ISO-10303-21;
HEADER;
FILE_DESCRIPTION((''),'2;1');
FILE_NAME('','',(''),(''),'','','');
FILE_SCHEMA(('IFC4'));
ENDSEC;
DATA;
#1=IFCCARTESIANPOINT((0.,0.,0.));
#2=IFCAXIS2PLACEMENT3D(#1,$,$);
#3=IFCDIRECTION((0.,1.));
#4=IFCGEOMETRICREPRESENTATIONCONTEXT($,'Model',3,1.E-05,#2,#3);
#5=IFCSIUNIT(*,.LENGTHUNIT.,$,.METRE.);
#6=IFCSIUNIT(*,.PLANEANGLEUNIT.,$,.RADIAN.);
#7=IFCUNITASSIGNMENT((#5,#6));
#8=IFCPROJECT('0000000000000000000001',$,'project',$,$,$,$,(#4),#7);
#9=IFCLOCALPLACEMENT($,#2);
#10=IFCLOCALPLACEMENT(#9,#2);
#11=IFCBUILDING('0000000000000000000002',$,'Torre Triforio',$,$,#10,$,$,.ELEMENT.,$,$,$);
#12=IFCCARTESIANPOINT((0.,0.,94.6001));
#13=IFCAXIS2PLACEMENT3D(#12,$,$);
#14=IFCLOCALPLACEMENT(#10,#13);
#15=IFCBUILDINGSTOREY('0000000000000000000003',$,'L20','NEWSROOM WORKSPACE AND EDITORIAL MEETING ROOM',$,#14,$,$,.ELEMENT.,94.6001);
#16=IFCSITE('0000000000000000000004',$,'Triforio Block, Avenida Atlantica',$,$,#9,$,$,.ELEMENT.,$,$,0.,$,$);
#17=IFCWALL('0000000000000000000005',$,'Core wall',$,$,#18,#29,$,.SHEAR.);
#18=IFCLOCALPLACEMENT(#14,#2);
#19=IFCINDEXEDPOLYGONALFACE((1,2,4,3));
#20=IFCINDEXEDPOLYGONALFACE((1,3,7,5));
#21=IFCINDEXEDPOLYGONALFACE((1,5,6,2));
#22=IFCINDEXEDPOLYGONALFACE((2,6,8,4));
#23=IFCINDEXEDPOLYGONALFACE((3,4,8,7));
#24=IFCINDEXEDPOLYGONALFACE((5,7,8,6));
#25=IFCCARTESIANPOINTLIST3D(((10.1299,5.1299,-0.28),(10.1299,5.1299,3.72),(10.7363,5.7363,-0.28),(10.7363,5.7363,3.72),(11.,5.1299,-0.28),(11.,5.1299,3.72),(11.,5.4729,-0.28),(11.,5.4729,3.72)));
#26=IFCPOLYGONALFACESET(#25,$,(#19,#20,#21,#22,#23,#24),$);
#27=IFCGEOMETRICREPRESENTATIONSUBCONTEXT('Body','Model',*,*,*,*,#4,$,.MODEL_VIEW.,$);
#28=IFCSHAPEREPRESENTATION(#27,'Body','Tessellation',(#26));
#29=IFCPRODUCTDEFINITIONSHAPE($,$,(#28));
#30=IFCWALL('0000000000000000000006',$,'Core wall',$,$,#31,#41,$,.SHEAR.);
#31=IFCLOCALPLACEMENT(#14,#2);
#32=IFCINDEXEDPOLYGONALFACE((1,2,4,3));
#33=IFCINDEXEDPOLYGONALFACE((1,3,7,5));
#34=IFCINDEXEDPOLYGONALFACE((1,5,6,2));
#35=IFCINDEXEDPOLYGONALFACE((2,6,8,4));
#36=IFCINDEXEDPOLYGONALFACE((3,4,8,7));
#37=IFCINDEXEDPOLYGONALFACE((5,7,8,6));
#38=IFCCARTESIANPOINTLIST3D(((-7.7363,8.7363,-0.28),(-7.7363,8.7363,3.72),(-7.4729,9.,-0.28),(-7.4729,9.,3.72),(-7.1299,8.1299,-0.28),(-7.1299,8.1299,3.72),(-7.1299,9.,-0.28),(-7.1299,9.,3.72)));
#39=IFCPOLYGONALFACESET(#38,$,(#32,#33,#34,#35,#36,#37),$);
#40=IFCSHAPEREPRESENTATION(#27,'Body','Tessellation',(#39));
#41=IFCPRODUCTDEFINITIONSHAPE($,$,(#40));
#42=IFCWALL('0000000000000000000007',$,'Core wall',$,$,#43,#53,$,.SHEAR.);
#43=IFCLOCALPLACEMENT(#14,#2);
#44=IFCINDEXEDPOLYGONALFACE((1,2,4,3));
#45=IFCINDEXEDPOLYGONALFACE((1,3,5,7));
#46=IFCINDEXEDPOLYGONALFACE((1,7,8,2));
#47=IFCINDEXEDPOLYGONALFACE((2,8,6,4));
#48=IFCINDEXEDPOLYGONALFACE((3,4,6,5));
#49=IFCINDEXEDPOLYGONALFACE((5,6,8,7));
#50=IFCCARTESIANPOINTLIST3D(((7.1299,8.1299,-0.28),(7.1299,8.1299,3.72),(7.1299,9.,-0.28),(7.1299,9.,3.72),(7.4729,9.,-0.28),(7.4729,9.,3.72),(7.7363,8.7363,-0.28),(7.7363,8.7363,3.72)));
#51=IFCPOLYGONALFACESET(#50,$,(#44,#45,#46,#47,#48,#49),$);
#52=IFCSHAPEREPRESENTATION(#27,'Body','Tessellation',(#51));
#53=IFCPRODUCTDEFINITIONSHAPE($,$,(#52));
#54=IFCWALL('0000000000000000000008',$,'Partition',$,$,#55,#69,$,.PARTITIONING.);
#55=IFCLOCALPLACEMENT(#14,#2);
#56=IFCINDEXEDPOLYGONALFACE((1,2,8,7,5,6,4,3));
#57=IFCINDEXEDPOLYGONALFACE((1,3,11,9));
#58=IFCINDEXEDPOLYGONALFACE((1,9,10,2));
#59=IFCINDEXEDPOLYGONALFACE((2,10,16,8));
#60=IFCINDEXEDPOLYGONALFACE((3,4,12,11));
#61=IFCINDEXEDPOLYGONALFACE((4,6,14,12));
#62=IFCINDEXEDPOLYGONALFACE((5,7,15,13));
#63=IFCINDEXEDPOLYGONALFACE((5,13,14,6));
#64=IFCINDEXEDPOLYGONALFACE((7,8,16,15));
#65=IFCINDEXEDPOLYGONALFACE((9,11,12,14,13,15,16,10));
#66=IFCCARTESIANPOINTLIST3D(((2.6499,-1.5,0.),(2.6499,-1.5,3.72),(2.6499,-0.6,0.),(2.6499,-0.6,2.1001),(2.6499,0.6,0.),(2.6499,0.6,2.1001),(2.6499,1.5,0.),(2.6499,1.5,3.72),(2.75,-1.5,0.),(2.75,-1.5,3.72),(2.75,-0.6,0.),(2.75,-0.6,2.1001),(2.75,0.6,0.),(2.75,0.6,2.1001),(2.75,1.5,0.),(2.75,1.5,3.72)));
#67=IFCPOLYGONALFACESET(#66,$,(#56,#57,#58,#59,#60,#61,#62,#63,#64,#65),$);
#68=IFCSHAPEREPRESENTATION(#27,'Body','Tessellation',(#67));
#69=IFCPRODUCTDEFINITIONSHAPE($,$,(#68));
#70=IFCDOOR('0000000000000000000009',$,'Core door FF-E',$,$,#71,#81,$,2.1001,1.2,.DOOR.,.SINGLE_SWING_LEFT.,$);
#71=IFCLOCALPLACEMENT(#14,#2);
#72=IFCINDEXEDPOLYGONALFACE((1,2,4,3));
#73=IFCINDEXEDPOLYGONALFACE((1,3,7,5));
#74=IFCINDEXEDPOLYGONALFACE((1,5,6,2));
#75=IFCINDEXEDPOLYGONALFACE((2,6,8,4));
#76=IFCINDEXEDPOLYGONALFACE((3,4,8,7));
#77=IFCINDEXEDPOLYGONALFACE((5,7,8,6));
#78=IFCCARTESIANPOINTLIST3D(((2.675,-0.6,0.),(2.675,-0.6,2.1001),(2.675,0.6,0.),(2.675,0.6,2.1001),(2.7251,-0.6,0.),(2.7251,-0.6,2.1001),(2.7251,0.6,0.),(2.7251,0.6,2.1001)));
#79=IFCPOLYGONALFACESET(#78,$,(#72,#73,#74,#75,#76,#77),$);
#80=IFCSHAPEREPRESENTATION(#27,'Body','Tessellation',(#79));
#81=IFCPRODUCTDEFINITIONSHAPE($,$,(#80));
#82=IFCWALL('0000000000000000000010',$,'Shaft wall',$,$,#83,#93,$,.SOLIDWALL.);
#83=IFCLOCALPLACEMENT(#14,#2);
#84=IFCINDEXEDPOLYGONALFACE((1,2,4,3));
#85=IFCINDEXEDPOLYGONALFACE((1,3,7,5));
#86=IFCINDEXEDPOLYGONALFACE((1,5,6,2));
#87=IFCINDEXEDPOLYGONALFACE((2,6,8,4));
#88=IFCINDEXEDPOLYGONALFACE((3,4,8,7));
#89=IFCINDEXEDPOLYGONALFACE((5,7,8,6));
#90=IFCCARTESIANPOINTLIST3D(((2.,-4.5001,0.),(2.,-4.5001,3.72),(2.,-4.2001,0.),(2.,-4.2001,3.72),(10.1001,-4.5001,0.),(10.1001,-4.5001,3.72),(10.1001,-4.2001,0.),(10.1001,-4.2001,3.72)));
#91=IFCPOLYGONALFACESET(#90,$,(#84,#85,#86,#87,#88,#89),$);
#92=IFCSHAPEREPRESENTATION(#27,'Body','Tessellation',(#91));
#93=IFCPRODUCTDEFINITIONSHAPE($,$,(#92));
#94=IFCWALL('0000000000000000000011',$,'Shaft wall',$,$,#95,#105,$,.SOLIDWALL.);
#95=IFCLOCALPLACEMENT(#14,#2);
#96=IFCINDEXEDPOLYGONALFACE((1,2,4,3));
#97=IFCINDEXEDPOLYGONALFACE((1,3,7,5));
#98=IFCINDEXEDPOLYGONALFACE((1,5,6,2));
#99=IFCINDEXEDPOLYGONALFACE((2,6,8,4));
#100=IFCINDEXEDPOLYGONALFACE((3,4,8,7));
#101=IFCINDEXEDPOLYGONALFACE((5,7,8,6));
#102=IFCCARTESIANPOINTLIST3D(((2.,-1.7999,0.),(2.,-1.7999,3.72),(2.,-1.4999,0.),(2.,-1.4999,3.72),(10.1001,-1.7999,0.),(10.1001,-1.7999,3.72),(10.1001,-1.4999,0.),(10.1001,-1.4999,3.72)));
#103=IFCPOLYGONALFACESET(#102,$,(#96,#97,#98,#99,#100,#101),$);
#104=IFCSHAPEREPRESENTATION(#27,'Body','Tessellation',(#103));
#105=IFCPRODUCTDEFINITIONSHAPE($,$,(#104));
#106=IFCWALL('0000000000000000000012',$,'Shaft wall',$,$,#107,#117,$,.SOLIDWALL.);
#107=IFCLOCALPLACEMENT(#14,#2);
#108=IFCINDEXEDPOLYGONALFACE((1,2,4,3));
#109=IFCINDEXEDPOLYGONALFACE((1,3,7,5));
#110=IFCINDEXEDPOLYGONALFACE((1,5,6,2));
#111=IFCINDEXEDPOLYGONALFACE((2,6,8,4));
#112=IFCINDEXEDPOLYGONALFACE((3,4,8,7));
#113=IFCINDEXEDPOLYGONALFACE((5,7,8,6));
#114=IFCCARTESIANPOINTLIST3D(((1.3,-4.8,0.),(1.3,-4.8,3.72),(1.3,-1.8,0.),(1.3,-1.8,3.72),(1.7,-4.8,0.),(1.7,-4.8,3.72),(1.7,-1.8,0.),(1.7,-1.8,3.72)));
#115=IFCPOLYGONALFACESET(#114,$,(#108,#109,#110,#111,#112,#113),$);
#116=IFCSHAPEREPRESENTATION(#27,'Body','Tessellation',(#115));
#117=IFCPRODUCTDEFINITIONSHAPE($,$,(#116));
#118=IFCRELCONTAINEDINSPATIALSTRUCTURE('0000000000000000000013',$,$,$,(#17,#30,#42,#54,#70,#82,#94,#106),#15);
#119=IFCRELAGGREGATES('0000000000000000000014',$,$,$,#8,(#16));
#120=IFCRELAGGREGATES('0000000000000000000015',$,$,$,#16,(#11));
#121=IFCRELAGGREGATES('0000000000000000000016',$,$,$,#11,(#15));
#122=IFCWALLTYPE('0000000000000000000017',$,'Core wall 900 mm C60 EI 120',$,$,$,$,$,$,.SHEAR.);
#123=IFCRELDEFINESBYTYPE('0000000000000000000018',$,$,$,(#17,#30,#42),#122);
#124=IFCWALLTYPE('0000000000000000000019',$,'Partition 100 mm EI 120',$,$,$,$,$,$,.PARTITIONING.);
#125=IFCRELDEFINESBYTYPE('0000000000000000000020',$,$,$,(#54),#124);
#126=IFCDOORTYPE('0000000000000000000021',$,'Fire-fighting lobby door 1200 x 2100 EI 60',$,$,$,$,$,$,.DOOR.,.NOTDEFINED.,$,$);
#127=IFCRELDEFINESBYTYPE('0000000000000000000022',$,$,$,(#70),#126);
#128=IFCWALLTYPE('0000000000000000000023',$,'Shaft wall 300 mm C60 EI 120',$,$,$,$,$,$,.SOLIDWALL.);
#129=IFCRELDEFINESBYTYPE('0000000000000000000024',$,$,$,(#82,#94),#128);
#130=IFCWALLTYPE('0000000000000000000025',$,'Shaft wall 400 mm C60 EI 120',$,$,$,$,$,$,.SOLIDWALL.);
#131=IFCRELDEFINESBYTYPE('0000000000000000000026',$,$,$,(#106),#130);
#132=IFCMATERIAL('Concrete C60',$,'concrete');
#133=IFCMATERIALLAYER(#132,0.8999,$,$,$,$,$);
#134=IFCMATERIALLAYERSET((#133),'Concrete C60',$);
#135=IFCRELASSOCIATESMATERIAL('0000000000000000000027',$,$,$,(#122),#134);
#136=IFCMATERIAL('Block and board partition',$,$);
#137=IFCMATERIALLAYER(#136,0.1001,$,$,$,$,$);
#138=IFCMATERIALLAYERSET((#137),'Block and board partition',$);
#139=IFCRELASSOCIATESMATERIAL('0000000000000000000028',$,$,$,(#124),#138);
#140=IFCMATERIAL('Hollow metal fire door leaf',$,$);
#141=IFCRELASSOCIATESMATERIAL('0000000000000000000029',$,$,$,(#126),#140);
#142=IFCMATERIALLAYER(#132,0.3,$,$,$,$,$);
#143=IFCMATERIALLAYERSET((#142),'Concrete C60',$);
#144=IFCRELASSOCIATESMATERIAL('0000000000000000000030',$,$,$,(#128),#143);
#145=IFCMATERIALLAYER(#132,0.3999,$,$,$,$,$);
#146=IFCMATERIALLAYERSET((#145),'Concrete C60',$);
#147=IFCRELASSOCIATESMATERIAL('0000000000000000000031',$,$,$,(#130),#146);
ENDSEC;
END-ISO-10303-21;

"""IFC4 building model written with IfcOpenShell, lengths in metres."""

from ifc_helpers import new_model, si_unit, direction, frame, frame_2d, origin, place, context, subcontext, project, spatial, polyline, rectangle, outline, extrude, material, layer, layer_set, type_object, element, fill, save


model = new_model("IFC4")

# Units and contexts
model_context = context("Model", 3, precision=1e-05, world=origin(), true_north=direction((0.0, 1.0)))
body_context = subcontext(model_context, "Body", "Model", "MODEL_VIEW")
ifc_project = project(units=[si_unit("LENGTHUNIT", "METRE"), si_unit("PLANEANGLEUNIT", "RADIAN")], contexts=[model_context])

# Site, building, storey
site_placement = place(None, origin())
site = spatial("IfcSite", under=ifc_project, at=site_placement, Name="Triforio Block, Avenida Atlantica", CompositionType="ELEMENT", RefElevation=0.0)
building_placement = place(site_placement, origin())
building = spatial("IfcBuilding", under=site, at=building_placement, Name="Torre Triforio", CompositionType="ELEMENT")
storey_placement = place(building_placement, frame((0.0, 0.0, 94.6001)))
storey = spatial("IfcBuildingStorey", under=building, at=storey_placement, Name="L20", Description="NEWSROOM WORKSPACE AND EDITORIAL MEETING ROOM", CompositionType="ELEMENT", Elevation=94.6001)

# Shared definitions
ifc_material_1 = material(Name="Concrete C60", Category="concrete")

# Walls
ifc_layer_1 = layer(ifc_material_1, 0.8999)
ifc_layer_set_1 = layer_set([ifc_layer_1], Name="Concrete C60")
wall_type_1 = type_object("IfcWallType", Name="Core wall 900 mm C60 EI 120", PredefinedType="SHEAR", material=ifc_layer_set_1)
wall_1_placement = place(storey_placement, frame((0.0, 0.0, -0.28)))
element("IfcWall", 1, at=wall_1_placement, inside=storey, type_object=wall_type_1, Name="Core wall", PredefinedType="SHEAR", context=body_context, shape_type="SweptSolid", body=[
    extrude(outline(polyline([(11.0, 5.4729), (11.0, 5.1299), (10.1299, 5.1299), (10.7363, 5.7363), (11.0, 5.4729)])), origin(), (0.0, 0.0, 1.0), 4.0),
])
wall_2_placement = place(storey_placement, frame((0.0, 0.0, -0.28)))
element("IfcWall", 2, at=wall_2_placement, inside=storey, type_object=wall_type_1, Name="Core wall", PredefinedType="SHEAR", context=body_context, shape_type="SweptSolid", body=[
    extrude(outline(polyline([(-7.4729, 9.0), (-7.1299, 9.0), (-7.1299, 8.1299), (-7.7363, 8.7363), (-7.4729, 9.0)])), origin(), (0.0, 0.0, 1.0), 4.0),
])
wall_3_placement = place(storey_placement, frame((0.0, 0.0, -0.28)))
element("IfcWall", 3, at=wall_3_placement, inside=storey, type_object=wall_type_1, Name="Core wall", PredefinedType="SHEAR", context=body_context, shape_type="SweptSolid", body=[
    extrude(outline(polyline([(7.4729, 9.0), (7.7363, 8.7363), (7.1299, 8.1299), (7.1299, 9.0), (7.4729, 9.0)])), origin(), (0.0, 0.0, 1.0), 4.0),
])

# Wall, opening, door
ifc_material_2 = material(Name="Block and board partition")
ifc_layer_2 = layer(ifc_material_2, 0.1001)
ifc_layer_set_2 = layer_set([ifc_layer_2], Name="Block and board partition")
wall_type_2 = type_object("IfcWallType", Name="Partition 100 mm EI 120", PredefinedType="PARTITIONING", material=ifc_layer_set_2)
wall_4_placement = place(storey_placement, frame((2.7, -1.5, 0.0), z_axis=(0.0, 0.0, 1.0), x_axis=(0.0, 1.0, 0.0)))
wall_4 = element("IfcWall", 4, at=wall_4_placement, inside=storey, type_object=wall_type_2, Name="Partition", PredefinedType="PARTITIONING", context=body_context, shape_type="SweptSolid", body=[
    extrude(rectangle(XDim=3.0, YDim=0.1001, at=frame_2d((1.5, 0.0))), origin(), (0.0, 0.0, 1.0), 3.72),
])
opening_placement = place(wall_4_placement, frame((0.8999, 0.0, 0.0)))
opening = element("IfcOpeningElement", 5, at=opening_placement, cuts=wall_4, PredefinedType="OPENING", context=body_context, shape_type="SweptSolid", body=[
    extrude(rectangle(XDim=1.2, YDim=2.1001, at=frame_2d((0.6001, 1.05))), frame((0.0, 0.0601, 0.0), z_axis=(0.0, -1.0, 0.0), x_axis=(1.0, 0.0, 0.0)), (0.0, 0.0, 1.0), 0.1201),
])
ifc_material_3 = material(Name="Hollow metal fire door leaf")
door_type = type_object("IfcDoorType", Name="Fire-fighting lobby door 1200 x 2100 EI 60", OperationType="NOTDEFINED", PredefinedType="DOOR", material=ifc_material_3)
door_placement = place(opening_placement, origin())
door = element("IfcDoor", 6, at=door_placement, inside=storey, type_object=door_type, Name="Core door FF-E", OperationType="SINGLE_SWING_LEFT", OverallHeight=2.1001, OverallWidth=1.2, PredefinedType="DOOR", context=body_context, shape_type="SweptSolid", body=[
    extrude(rectangle(XDim=1.2, YDim=2.1001, at=frame_2d((0.6001, 1.05))), frame((0.0, 0.0249, 0.0), z_axis=(0.0, -1.0, 0.0), x_axis=(1.0, 0.0, 0.0)), (0.0, 0.0, 1.0), 0.05),
])
fill(opening, door)

# Walls
ifc_layer_3 = layer(ifc_material_1, 0.3)
ifc_layer_set_3 = layer_set([ifc_layer_3], Name="Concrete C60")
wall_type_3 = type_object("IfcWallType", Name="Shaft wall 300 mm C60 EI 120", PredefinedType="SOLIDWALL", material=ifc_layer_set_3)
for number, where, z_axis, x_axis, name in (
    (7, (2.0, -4.3501, 0.0), (0.0, 0.0, 1.0), (1.0, 0.0, 0.0), "Shaft wall"),
    (8, (2.0, -1.6499, 0.0), (0.0, 0.0, 1.0), (1.0, 0.0, 0.0), "Shaft wall"),
):
    element("IfcWall", number, at=place(storey_placement, frame(where, z_axis=z_axis, x_axis=x_axis)), inside=storey, type_object=wall_type_3, Name=name, PredefinedType="SOLIDWALL", context=body_context, shape_type="SweptSolid", body=[
        extrude(rectangle(XDim=8.1001, YDim=0.3, at=frame_2d((4.05, 0.0))), origin(), (0.0, 0.0, 1.0), 3.72),
    ])
ifc_layer_4 = layer(ifc_material_1, 0.3999)
ifc_layer_set_4 = layer_set([ifc_layer_4], Name="Concrete C60")
wall_type_4 = type_object("IfcWallType", Name="Shaft wall 400 mm C60 EI 120", PredefinedType="SOLIDWALL", material=ifc_layer_set_4)
wall_5_placement = place(storey_placement, frame((1.5, -4.8, 0.0), z_axis=(0.0, 0.0, 1.0), x_axis=(0.0, 1.0, 0.0)))
element("IfcWall", 9, at=wall_5_placement, inside=storey, type_object=wall_type_4, Name="Shaft wall", PredefinedType="SOLIDWALL", context=body_context, shape_type="SweptSolid", body=[
    extrude(rectangle(XDim=3.0, YDim=0.3999, at=frame_2d((1.5, 0.0))), origin(), (0.0, 0.0, 1.0), 3.72),
])

save(model, "model.ifc")
